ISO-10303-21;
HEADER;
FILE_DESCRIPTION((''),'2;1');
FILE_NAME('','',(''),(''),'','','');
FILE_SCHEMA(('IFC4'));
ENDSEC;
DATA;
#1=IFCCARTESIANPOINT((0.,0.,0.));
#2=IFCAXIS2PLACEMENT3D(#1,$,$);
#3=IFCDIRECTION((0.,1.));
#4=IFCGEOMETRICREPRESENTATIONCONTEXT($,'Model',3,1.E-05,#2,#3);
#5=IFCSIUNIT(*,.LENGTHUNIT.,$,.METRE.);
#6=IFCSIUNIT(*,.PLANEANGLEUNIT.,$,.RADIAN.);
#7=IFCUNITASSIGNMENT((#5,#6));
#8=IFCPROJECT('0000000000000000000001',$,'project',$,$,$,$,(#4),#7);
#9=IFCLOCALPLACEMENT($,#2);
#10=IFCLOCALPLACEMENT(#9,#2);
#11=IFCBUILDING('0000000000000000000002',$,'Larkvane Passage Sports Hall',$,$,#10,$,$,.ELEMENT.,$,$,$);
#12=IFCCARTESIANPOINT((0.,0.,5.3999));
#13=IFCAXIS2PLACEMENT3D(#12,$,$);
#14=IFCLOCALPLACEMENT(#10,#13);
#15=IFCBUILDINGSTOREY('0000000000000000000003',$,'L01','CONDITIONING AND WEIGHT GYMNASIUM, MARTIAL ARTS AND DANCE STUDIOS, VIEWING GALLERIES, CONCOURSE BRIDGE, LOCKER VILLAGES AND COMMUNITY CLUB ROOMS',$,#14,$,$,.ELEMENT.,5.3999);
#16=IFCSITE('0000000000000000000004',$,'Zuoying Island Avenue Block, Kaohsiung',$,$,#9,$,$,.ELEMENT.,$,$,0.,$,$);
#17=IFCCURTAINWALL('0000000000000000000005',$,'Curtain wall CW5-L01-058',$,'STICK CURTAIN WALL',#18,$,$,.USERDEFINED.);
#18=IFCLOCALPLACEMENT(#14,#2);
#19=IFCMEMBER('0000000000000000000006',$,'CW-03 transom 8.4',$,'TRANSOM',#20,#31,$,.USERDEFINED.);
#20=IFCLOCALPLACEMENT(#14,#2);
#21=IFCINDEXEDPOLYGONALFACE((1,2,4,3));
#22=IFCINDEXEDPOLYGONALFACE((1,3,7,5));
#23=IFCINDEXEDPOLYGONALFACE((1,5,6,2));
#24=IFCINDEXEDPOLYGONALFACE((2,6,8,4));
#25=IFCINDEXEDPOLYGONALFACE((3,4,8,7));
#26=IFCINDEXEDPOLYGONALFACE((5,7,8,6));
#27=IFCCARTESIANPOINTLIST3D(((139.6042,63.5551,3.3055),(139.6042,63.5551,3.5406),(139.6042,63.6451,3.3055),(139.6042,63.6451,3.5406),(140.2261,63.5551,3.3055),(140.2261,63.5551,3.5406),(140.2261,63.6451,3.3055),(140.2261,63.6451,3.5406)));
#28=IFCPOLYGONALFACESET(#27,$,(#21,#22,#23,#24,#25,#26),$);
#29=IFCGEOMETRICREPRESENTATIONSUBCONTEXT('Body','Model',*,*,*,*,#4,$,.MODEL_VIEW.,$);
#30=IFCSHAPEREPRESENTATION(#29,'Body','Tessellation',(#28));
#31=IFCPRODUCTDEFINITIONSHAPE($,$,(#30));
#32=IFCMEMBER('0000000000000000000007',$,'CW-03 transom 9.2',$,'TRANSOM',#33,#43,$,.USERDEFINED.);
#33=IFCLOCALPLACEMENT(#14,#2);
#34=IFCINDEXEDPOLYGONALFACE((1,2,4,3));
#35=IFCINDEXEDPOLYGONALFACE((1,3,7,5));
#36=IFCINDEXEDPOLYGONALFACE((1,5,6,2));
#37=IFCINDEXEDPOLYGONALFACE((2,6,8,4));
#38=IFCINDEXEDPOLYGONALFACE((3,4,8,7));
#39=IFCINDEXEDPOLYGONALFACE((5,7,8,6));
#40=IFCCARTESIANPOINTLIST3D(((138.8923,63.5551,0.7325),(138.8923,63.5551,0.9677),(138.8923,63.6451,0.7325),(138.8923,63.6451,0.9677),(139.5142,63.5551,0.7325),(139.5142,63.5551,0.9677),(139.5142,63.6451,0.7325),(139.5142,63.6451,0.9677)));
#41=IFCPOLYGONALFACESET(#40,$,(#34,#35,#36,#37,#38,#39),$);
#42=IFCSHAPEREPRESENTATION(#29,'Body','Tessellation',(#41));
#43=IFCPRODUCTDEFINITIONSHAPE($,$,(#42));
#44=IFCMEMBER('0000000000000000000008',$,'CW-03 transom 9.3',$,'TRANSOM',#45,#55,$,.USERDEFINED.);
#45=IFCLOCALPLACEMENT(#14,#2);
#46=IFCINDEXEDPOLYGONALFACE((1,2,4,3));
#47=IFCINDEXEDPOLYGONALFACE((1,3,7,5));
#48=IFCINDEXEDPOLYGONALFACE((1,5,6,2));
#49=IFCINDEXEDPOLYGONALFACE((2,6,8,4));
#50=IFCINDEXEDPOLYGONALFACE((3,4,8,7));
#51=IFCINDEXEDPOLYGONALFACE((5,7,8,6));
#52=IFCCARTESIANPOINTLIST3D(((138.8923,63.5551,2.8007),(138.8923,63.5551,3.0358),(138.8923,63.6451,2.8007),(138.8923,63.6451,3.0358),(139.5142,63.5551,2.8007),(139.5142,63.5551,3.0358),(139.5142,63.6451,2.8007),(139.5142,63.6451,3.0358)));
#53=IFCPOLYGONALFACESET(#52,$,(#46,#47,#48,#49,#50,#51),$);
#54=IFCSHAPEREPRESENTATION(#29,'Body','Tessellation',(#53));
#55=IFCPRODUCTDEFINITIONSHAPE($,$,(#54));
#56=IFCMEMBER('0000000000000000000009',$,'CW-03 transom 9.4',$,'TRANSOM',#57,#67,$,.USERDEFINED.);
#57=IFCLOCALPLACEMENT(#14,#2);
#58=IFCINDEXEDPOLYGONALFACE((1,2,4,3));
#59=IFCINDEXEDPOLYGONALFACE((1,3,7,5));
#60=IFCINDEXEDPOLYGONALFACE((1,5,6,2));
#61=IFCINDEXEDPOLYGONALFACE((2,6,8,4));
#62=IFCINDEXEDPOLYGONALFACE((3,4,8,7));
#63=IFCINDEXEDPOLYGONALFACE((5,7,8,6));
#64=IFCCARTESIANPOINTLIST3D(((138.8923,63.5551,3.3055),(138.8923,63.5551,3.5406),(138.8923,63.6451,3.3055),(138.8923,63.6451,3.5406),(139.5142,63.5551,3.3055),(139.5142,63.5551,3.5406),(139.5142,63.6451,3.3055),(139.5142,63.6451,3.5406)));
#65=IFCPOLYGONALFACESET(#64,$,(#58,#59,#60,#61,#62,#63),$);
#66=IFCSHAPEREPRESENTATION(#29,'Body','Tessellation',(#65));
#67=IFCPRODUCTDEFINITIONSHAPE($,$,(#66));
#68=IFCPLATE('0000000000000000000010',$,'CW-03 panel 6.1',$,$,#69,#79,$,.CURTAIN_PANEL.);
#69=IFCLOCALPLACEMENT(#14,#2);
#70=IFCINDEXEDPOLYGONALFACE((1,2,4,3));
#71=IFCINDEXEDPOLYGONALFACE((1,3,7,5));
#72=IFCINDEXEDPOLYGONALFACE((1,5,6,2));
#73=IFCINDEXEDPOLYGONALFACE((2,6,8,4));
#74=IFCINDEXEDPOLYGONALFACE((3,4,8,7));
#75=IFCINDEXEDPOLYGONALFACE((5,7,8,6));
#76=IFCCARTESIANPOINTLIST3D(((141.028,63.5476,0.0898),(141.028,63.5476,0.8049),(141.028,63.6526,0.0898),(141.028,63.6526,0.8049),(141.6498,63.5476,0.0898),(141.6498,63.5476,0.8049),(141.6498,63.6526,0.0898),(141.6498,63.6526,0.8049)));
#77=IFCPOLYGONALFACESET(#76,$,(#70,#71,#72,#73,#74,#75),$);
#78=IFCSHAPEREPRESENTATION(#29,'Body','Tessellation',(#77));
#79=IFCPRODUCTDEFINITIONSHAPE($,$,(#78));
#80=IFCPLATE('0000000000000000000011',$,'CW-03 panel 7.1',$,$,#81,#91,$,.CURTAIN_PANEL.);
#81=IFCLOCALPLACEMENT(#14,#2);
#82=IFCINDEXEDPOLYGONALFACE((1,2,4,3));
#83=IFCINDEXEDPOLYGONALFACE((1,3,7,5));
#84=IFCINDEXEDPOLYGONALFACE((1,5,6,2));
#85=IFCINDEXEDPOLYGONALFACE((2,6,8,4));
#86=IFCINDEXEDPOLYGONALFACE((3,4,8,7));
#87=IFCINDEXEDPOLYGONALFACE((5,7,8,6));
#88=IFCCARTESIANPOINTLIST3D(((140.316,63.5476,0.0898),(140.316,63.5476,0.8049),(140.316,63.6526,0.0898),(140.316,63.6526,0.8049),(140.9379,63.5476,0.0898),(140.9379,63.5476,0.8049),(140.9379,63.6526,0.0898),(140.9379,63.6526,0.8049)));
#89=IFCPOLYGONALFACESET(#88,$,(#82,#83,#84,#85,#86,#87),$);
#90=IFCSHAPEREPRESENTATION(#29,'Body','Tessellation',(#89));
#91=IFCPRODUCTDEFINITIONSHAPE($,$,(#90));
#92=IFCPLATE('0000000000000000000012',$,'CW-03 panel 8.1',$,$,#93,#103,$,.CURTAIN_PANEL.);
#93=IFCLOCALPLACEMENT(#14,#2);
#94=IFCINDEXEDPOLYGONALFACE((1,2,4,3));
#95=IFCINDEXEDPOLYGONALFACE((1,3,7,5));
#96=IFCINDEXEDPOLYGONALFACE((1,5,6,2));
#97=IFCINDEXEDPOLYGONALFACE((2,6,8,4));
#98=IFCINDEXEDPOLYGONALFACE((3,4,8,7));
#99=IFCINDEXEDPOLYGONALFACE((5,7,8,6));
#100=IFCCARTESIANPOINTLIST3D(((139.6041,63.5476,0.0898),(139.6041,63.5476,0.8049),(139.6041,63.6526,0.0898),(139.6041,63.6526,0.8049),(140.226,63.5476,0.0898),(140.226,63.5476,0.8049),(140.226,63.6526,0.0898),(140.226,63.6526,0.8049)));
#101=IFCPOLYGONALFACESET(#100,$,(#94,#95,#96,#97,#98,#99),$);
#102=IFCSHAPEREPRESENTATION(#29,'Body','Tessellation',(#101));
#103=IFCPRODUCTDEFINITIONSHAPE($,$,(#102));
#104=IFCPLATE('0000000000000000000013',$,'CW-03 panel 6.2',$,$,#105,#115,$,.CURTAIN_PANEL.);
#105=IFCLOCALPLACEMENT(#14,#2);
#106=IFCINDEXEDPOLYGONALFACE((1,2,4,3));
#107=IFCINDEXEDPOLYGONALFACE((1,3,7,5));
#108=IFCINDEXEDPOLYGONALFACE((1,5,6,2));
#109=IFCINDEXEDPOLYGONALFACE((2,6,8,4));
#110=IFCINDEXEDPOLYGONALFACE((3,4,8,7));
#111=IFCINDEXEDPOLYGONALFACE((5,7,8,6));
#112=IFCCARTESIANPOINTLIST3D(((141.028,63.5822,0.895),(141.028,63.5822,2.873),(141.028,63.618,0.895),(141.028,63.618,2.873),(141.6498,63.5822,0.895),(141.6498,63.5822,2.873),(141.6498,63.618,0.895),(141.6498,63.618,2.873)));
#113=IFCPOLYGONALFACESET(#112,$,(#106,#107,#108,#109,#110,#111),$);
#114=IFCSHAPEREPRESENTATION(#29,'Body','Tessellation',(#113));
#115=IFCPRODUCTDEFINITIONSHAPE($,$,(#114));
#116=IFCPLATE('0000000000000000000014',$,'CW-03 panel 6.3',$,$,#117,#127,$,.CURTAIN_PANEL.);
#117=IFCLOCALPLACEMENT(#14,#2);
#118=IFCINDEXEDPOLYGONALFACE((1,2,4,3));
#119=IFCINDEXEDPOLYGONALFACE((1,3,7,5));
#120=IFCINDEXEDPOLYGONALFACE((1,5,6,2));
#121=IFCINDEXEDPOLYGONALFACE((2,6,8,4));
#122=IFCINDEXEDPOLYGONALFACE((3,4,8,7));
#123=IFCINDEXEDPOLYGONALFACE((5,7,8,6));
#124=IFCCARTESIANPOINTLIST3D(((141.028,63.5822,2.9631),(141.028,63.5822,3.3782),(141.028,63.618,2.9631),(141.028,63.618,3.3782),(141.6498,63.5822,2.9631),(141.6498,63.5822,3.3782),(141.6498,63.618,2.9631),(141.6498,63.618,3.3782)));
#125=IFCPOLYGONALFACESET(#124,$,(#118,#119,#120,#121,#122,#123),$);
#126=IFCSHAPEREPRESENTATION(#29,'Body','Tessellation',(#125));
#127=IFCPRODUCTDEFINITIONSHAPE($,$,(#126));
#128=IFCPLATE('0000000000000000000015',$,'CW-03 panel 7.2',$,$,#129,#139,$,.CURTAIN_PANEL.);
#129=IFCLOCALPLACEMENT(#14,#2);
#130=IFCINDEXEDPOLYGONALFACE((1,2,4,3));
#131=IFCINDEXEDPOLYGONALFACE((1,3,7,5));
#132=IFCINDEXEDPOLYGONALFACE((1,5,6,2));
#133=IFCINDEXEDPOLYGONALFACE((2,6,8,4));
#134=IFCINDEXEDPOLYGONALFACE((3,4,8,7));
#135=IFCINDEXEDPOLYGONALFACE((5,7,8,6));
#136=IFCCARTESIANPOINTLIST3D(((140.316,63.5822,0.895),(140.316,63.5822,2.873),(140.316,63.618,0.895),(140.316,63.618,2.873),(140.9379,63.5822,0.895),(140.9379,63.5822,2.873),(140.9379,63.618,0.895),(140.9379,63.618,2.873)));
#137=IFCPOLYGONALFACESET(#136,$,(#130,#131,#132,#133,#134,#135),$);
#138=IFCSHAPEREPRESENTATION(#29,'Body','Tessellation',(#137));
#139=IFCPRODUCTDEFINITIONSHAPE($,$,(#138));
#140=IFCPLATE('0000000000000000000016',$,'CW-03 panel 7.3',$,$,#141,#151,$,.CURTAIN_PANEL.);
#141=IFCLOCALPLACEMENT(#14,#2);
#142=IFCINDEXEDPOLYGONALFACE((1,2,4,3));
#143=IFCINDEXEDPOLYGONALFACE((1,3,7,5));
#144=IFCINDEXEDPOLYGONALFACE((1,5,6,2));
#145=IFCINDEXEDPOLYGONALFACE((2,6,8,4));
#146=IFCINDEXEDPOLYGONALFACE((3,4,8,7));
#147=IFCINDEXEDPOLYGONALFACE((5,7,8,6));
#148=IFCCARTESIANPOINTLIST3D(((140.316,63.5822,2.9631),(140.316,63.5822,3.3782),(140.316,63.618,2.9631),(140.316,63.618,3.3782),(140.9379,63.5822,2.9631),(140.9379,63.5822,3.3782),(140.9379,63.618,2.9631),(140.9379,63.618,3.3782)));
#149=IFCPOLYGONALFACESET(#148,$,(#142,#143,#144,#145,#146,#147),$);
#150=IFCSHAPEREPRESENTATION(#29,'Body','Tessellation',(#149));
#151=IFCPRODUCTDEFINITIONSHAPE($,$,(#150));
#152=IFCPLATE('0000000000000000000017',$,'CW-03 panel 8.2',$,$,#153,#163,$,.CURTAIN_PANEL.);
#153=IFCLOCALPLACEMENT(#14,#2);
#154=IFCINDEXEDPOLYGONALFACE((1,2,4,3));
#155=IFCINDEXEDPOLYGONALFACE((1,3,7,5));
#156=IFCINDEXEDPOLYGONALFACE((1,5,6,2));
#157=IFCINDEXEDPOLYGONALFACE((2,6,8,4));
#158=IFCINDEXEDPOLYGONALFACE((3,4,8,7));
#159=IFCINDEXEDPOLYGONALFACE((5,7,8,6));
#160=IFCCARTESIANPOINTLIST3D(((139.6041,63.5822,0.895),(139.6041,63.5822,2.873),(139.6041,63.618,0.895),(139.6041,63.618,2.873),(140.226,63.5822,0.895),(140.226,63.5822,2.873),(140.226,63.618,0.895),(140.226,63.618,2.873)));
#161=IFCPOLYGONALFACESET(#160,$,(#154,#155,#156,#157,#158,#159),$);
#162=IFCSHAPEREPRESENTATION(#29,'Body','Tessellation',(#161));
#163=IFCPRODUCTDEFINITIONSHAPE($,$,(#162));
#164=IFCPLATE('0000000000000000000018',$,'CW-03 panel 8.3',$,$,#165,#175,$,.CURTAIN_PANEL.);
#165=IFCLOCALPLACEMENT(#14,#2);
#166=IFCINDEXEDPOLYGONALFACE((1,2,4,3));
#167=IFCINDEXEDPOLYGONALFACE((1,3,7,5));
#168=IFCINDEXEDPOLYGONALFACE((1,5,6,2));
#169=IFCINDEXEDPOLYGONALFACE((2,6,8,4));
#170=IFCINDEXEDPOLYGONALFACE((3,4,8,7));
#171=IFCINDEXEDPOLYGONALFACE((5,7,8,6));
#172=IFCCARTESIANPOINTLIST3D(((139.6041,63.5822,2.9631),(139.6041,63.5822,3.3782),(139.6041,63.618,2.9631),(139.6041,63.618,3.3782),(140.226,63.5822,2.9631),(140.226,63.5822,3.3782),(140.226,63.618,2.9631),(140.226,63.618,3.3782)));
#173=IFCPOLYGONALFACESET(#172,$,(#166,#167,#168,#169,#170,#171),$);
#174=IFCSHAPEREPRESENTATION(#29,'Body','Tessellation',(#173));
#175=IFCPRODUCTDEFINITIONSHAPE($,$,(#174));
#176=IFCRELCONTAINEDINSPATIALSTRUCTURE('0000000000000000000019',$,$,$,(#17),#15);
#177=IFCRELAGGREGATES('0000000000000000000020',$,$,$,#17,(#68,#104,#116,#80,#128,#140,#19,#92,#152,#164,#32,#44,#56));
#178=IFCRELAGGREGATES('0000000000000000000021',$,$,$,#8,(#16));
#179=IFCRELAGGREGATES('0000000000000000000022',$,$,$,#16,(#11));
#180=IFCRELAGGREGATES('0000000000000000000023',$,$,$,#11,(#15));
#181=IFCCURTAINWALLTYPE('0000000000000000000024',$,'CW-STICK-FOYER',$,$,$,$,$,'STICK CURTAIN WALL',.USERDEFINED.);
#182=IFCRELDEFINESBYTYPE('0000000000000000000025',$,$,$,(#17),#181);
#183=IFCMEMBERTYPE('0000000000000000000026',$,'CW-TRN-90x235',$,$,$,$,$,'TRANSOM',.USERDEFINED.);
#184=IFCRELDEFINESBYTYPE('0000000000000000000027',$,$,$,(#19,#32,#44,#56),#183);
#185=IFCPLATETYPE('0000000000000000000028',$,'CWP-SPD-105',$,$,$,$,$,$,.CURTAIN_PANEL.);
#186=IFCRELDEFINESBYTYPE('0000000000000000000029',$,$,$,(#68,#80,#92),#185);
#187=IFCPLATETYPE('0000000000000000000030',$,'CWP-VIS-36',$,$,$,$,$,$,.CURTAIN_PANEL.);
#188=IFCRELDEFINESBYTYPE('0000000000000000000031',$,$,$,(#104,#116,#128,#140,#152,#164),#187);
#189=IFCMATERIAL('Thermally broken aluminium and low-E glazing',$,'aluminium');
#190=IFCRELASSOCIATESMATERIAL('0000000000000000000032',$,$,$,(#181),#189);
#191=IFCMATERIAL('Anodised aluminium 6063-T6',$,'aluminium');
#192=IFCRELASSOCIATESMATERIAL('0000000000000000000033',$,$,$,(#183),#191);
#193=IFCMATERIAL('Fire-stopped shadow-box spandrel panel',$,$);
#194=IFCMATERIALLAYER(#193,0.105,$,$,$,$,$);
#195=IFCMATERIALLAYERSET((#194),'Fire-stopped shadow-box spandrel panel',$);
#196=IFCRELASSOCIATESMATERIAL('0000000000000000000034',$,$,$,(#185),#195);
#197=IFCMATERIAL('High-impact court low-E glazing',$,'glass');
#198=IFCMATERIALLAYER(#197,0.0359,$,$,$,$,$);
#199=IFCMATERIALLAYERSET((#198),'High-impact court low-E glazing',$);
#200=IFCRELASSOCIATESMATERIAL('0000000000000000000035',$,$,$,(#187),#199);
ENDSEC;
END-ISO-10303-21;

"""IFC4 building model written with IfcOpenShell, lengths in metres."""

from ifc_helpers import new_model, si_unit, direction, frame, origin, origin_2d, place, context, subcontext, project, spatial, rectangle, extrude, material, layer, layer_set, material_profile, profile_set, type_object, element, aggregate, save


model = new_model("IFC4")

# Units and contexts
model_context = context("Model", 3, precision=1e-05, world=origin(), true_north=direction((0.0, 1.0)))
body_context = subcontext(model_context, "Body", "Model", "MODEL_VIEW")
ifc_project = project(units=[si_unit("LENGTHUNIT", "METRE"), si_unit("PLANEANGLEUNIT", "RADIAN")], contexts=[model_context])

# Site, building, storey
site_placement = place(None, origin())
site = spatial("IfcSite", under=ifc_project, at=site_placement, Name="Zuoying Island Avenue Block, Kaohsiung", CompositionType="ELEMENT", RefElevation=0.0)
building_placement = place(site_placement, origin())
building = spatial("IfcBuilding", under=site, at=building_placement, Name="Larkvane Passage Sports Hall", CompositionType="ELEMENT")
storey_placement = place(building_placement, frame((0.0, 0.0, 5.3999)))
storey = spatial("IfcBuildingStorey", under=building, at=storey_placement, Name="L01", Description="CONDITIONING AND WEIGHT GYMNASIUM, MARTIAL ARTS AND DANCE STUDIOS, VIEWING GALLERIES, CONCOURSE BRIDGE, LOCKER VILLAGES AND COMMUNITY CLUB ROOMS", CompositionType="ELEMENT", Elevation=5.3999)

# Curtain wall, members, plates
ifc_material_1 = material(Name="Thermally broken aluminium and low-E glazing", Category="aluminium")
curtain_wall_type = type_object("IfcCurtainWallType", Name="CW-STICK-FOYER", ElementType="STICK CURTAIN WALL", PredefinedType="USERDEFINED", material=ifc_material_1)
curtain_wall_placement = place(storey_placement, origin())
curtain_wall = element("IfcCurtainWall", 1, at=curtain_wall_placement, inside=storey, type_object=curtain_wall_type, Name="Curtain wall CW5-L01-058", ObjectType="STICK CURTAIN WALL", PredefinedType="USERDEFINED")
ifc_material_2 = material(Name="Anodised aluminium 6063-T6", Category="aluminium")
ifc_material_profile_1 = material_profile(ifc_material_2, rectangle(XDim=0.0901, YDim=0.2351, at=origin_2d()), Name="ALU-TRN-90x235")
ifc_profile_set_1 = profile_set([ifc_material_profile_1], Name="Anodised aluminium 6063-T6")
member_type_1 = type_object("IfcMemberType", Name="CW-TRN-90x235", ElementType="TRANSOM", PredefinedType="USERDEFINED", material=ifc_profile_set_1)
member_1_placement = place(storey_placement, frame((140.2261, 63.6001, 3.4231), z_axis=(-1.0, 0.0, 0.0), x_axis=(0.0, -1.0, 0.0)))
member_1 = element("IfcMember", 2, at=member_1_placement, type_object=member_type_1, Name="CW-03 transom 8.4", ObjectType="TRANSOM", PredefinedType="USERDEFINED", context=body_context, shape_type="SweptSolid", body=[
    extrude(rectangle(XDim=0.0901, YDim=0.2351, at=origin_2d()), origin(), (0.0, 0.0, 1.0), 0.6218),
])
member_2_placement = place(storey_placement, frame((139.5142, 63.6001, 0.8501), z_axis=(-1.0, 0.0, 0.0), x_axis=(0.0, -1.0, 0.0)))
member_2 = element("IfcMember", 3, at=member_2_placement, type_object=member_type_1, Name="CW-03 transom 9.2", ObjectType="TRANSOM", PredefinedType="USERDEFINED", context=body_context, shape_type="SweptSolid", body=[
    extrude(rectangle(XDim=0.0901, YDim=0.2351, at=origin_2d()), origin(), (0.0, 0.0, 1.0), 0.6218),
])
member_3_placement = place(storey_placement, frame((139.5142, 63.6001, 2.9182), z_axis=(-1.0, 0.0, 0.0), x_axis=(0.0, -1.0, 0.0)))
member_3 = element("IfcMember", 4, at=member_3_placement, type_object=member_type_1, Name="CW-03 transom 9.3", ObjectType="TRANSOM", PredefinedType="USERDEFINED", context=body_context, shape_type="SweptSolid", body=[
    extrude(rectangle(XDim=0.0901, YDim=0.2351, at=origin_2d()), origin(), (0.0, 0.0, 1.0), 0.6218),
])
member_4_placement = place(storey_placement, frame((139.5142, 63.6001, 3.4231), z_axis=(-1.0, 0.0, 0.0), x_axis=(0.0, -1.0, 0.0)))
member_4 = element("IfcMember", 5, at=member_4_placement, type_object=member_type_1, Name="CW-03 transom 9.4", ObjectType="TRANSOM", PredefinedType="USERDEFINED", context=body_context, shape_type="SweptSolid", body=[
    extrude(rectangle(XDim=0.0901, YDim=0.2351, at=origin_2d()), origin(), (0.0, 0.0, 1.0), 0.6218),
])
ifc_material_3 = material(Name="Fire-stopped shadow-box spandrel panel")
ifc_layer_1 = layer(ifc_material_3, 0.105)
ifc_layer_set_1 = layer_set([ifc_layer_1], Name="Fire-stopped shadow-box spandrel panel")
plate_type_1 = type_object("IfcPlateType", Name="CWP-SPD-105", PredefinedType="CURTAIN_PANEL", material=ifc_layer_set_1)
plate_1_placement = place(storey_placement, frame((141.3389, 63.6001, 0.0898), z_axis=(0.0, 0.0, 1.0), x_axis=(-1.0, 0.0, 0.0)))
plate_1 = element("IfcPlate", 6, at=plate_1_placement, type_object=plate_type_1, Name="CW-03 panel 6.1", PredefinedType="CURTAIN_PANEL", context=body_context, shape_type="SweptSolid", body=[
    extrude(rectangle(XDim=0.6218, YDim=0.105, at=origin_2d()), origin(), (0.0, 0.0, 1.0), 0.7151),
])
plate_2_placement = place(storey_placement, frame((140.627, 63.6001, 0.0898), z_axis=(0.0, 0.0, 1.0), x_axis=(-1.0, 0.0, 0.0)))
plate_2 = element("IfcPlate", 7, at=plate_2_placement, type_object=plate_type_1, Name="CW-03 panel 7.1", PredefinedType="CURTAIN_PANEL", context=body_context, shape_type="SweptSolid", body=[
    extrude(rectangle(XDim=0.6218, YDim=0.105, at=origin_2d()), origin(), (0.0, 0.0, 1.0), 0.7151),
])
plate_3_placement = place(storey_placement, frame((139.915, 63.6001, 0.0898), z_axis=(0.0, 0.0, 1.0), x_axis=(-1.0, 0.0, 0.0)))
plate_3 = element("IfcPlate", 8, at=plate_3_placement, type_object=plate_type_1, Name="CW-03 panel 8.1", PredefinedType="CURTAIN_PANEL", context=body_context, shape_type="SweptSolid", body=[
    extrude(rectangle(XDim=0.6218, YDim=0.105, at=origin_2d()), origin(), (0.0, 0.0, 1.0), 0.7151),
])
ifc_material_4 = material(Name="High-impact court low-E glazing", Category="glass")
ifc_layer_2 = layer(ifc_material_4, 0.0359)
ifc_layer_set_2 = layer_set([ifc_layer_2], Name="High-impact court low-E glazing")
plate_type_2 = type_object("IfcPlateType", Name="CWP-VIS-36", PredefinedType="CURTAIN_PANEL", material=ifc_layer_set_2)
plate_4_placement = place(storey_placement, frame((141.3389, 63.6001, 0.895), z_axis=(0.0, 0.0, 1.0), x_axis=(-1.0, 0.0, 0.0)))
plate_4 = element("IfcPlate", 9, at=plate_4_placement, type_object=plate_type_2, Name="CW-03 panel 6.2", PredefinedType="CURTAIN_PANEL", context=body_context, shape_type="SweptSolid", body=[
    extrude(rectangle(XDim=0.6218, YDim=0.0359, at=origin_2d()), origin(), (0.0, 0.0, 1.0), 1.978),
])
plate_5_placement = place(storey_placement, frame((141.3389, 63.6001, 2.9631), z_axis=(0.0, 0.0, 1.0), x_axis=(-1.0, 0.0, 0.0)))
plate_5 = element("IfcPlate", 10, at=plate_5_placement, type_object=plate_type_2, Name="CW-03 panel 6.3", PredefinedType="CURTAIN_PANEL", context=body_context, shape_type="SweptSolid", body=[
    extrude(rectangle(XDim=0.6218, YDim=0.0359, at=origin_2d()), origin(), (0.0, 0.0, 1.0), 0.415),
])
plate_6_placement = place(storey_placement, frame((140.627, 63.6001, 0.895), z_axis=(0.0, 0.0, 1.0), x_axis=(-1.0, 0.0, 0.0)))
plate_6 = element("IfcPlate", 11, at=plate_6_placement, type_object=plate_type_2, Name="CW-03 panel 7.2", PredefinedType="CURTAIN_PANEL", context=body_context, shape_type="SweptSolid", body=[
    extrude(rectangle(XDim=0.6218, YDim=0.0359, at=origin_2d()), origin(), (0.0, 0.0, 1.0), 1.978),
])
plate_7_placement = place(storey_placement, frame((140.627, 63.6001, 2.9631), z_axis=(0.0, 0.0, 1.0), x_axis=(-1.0, 0.0, 0.0)))
plate_7 = element("IfcPlate", 12, at=plate_7_placement, type_object=plate_type_2, Name="CW-03 panel 7.3", PredefinedType="CURTAIN_PANEL", context=body_context, shape_type="SweptSolid", body=[
    extrude(rectangle(XDim=0.6218, YDim=0.0359, at=origin_2d()), origin(), (0.0, 0.0, 1.0), 0.415),
])
plate_8_placement = place(storey_placement, frame((139.915, 63.6001, 0.895), z_axis=(0.0, 0.0, 1.0), x_axis=(-1.0, 0.0, 0.0)))
plate_8 = element("IfcPlate", 13, at=plate_8_placement, type_object=plate_type_2, Name="CW-03 panel 8.2", PredefinedType="CURTAIN_PANEL", context=body_context, shape_type="SweptSolid", body=[
    extrude(rectangle(XDim=0.6218, YDim=0.0359, at=origin_2d()), origin(), (0.0, 0.0, 1.0), 1.978),
])
plate_9_placement = place(storey_placement, frame((139.915, 63.6001, 2.9631), z_axis=(0.0, 0.0, 1.0), x_axis=(-1.0, 0.0, 0.0)))
plate_9 = element("IfcPlate", 14, at=plate_9_placement, type_object=plate_type_2, Name="CW-03 panel 8.3", PredefinedType="CURTAIN_PANEL", context=body_context, shape_type="SweptSolid", body=[
    extrude(rectangle(XDim=0.6218, YDim=0.0359, at=origin_2d()), origin(), (0.0, 0.0, 1.0), 0.415),
])
aggregate(curtain_wall, [plate_1, plate_4, plate_5, plate_2, plate_6, plate_7, member_1, plate_3, plate_8, plate_9, member_2, member_3, member_4])

save(model, "model.ifc")
